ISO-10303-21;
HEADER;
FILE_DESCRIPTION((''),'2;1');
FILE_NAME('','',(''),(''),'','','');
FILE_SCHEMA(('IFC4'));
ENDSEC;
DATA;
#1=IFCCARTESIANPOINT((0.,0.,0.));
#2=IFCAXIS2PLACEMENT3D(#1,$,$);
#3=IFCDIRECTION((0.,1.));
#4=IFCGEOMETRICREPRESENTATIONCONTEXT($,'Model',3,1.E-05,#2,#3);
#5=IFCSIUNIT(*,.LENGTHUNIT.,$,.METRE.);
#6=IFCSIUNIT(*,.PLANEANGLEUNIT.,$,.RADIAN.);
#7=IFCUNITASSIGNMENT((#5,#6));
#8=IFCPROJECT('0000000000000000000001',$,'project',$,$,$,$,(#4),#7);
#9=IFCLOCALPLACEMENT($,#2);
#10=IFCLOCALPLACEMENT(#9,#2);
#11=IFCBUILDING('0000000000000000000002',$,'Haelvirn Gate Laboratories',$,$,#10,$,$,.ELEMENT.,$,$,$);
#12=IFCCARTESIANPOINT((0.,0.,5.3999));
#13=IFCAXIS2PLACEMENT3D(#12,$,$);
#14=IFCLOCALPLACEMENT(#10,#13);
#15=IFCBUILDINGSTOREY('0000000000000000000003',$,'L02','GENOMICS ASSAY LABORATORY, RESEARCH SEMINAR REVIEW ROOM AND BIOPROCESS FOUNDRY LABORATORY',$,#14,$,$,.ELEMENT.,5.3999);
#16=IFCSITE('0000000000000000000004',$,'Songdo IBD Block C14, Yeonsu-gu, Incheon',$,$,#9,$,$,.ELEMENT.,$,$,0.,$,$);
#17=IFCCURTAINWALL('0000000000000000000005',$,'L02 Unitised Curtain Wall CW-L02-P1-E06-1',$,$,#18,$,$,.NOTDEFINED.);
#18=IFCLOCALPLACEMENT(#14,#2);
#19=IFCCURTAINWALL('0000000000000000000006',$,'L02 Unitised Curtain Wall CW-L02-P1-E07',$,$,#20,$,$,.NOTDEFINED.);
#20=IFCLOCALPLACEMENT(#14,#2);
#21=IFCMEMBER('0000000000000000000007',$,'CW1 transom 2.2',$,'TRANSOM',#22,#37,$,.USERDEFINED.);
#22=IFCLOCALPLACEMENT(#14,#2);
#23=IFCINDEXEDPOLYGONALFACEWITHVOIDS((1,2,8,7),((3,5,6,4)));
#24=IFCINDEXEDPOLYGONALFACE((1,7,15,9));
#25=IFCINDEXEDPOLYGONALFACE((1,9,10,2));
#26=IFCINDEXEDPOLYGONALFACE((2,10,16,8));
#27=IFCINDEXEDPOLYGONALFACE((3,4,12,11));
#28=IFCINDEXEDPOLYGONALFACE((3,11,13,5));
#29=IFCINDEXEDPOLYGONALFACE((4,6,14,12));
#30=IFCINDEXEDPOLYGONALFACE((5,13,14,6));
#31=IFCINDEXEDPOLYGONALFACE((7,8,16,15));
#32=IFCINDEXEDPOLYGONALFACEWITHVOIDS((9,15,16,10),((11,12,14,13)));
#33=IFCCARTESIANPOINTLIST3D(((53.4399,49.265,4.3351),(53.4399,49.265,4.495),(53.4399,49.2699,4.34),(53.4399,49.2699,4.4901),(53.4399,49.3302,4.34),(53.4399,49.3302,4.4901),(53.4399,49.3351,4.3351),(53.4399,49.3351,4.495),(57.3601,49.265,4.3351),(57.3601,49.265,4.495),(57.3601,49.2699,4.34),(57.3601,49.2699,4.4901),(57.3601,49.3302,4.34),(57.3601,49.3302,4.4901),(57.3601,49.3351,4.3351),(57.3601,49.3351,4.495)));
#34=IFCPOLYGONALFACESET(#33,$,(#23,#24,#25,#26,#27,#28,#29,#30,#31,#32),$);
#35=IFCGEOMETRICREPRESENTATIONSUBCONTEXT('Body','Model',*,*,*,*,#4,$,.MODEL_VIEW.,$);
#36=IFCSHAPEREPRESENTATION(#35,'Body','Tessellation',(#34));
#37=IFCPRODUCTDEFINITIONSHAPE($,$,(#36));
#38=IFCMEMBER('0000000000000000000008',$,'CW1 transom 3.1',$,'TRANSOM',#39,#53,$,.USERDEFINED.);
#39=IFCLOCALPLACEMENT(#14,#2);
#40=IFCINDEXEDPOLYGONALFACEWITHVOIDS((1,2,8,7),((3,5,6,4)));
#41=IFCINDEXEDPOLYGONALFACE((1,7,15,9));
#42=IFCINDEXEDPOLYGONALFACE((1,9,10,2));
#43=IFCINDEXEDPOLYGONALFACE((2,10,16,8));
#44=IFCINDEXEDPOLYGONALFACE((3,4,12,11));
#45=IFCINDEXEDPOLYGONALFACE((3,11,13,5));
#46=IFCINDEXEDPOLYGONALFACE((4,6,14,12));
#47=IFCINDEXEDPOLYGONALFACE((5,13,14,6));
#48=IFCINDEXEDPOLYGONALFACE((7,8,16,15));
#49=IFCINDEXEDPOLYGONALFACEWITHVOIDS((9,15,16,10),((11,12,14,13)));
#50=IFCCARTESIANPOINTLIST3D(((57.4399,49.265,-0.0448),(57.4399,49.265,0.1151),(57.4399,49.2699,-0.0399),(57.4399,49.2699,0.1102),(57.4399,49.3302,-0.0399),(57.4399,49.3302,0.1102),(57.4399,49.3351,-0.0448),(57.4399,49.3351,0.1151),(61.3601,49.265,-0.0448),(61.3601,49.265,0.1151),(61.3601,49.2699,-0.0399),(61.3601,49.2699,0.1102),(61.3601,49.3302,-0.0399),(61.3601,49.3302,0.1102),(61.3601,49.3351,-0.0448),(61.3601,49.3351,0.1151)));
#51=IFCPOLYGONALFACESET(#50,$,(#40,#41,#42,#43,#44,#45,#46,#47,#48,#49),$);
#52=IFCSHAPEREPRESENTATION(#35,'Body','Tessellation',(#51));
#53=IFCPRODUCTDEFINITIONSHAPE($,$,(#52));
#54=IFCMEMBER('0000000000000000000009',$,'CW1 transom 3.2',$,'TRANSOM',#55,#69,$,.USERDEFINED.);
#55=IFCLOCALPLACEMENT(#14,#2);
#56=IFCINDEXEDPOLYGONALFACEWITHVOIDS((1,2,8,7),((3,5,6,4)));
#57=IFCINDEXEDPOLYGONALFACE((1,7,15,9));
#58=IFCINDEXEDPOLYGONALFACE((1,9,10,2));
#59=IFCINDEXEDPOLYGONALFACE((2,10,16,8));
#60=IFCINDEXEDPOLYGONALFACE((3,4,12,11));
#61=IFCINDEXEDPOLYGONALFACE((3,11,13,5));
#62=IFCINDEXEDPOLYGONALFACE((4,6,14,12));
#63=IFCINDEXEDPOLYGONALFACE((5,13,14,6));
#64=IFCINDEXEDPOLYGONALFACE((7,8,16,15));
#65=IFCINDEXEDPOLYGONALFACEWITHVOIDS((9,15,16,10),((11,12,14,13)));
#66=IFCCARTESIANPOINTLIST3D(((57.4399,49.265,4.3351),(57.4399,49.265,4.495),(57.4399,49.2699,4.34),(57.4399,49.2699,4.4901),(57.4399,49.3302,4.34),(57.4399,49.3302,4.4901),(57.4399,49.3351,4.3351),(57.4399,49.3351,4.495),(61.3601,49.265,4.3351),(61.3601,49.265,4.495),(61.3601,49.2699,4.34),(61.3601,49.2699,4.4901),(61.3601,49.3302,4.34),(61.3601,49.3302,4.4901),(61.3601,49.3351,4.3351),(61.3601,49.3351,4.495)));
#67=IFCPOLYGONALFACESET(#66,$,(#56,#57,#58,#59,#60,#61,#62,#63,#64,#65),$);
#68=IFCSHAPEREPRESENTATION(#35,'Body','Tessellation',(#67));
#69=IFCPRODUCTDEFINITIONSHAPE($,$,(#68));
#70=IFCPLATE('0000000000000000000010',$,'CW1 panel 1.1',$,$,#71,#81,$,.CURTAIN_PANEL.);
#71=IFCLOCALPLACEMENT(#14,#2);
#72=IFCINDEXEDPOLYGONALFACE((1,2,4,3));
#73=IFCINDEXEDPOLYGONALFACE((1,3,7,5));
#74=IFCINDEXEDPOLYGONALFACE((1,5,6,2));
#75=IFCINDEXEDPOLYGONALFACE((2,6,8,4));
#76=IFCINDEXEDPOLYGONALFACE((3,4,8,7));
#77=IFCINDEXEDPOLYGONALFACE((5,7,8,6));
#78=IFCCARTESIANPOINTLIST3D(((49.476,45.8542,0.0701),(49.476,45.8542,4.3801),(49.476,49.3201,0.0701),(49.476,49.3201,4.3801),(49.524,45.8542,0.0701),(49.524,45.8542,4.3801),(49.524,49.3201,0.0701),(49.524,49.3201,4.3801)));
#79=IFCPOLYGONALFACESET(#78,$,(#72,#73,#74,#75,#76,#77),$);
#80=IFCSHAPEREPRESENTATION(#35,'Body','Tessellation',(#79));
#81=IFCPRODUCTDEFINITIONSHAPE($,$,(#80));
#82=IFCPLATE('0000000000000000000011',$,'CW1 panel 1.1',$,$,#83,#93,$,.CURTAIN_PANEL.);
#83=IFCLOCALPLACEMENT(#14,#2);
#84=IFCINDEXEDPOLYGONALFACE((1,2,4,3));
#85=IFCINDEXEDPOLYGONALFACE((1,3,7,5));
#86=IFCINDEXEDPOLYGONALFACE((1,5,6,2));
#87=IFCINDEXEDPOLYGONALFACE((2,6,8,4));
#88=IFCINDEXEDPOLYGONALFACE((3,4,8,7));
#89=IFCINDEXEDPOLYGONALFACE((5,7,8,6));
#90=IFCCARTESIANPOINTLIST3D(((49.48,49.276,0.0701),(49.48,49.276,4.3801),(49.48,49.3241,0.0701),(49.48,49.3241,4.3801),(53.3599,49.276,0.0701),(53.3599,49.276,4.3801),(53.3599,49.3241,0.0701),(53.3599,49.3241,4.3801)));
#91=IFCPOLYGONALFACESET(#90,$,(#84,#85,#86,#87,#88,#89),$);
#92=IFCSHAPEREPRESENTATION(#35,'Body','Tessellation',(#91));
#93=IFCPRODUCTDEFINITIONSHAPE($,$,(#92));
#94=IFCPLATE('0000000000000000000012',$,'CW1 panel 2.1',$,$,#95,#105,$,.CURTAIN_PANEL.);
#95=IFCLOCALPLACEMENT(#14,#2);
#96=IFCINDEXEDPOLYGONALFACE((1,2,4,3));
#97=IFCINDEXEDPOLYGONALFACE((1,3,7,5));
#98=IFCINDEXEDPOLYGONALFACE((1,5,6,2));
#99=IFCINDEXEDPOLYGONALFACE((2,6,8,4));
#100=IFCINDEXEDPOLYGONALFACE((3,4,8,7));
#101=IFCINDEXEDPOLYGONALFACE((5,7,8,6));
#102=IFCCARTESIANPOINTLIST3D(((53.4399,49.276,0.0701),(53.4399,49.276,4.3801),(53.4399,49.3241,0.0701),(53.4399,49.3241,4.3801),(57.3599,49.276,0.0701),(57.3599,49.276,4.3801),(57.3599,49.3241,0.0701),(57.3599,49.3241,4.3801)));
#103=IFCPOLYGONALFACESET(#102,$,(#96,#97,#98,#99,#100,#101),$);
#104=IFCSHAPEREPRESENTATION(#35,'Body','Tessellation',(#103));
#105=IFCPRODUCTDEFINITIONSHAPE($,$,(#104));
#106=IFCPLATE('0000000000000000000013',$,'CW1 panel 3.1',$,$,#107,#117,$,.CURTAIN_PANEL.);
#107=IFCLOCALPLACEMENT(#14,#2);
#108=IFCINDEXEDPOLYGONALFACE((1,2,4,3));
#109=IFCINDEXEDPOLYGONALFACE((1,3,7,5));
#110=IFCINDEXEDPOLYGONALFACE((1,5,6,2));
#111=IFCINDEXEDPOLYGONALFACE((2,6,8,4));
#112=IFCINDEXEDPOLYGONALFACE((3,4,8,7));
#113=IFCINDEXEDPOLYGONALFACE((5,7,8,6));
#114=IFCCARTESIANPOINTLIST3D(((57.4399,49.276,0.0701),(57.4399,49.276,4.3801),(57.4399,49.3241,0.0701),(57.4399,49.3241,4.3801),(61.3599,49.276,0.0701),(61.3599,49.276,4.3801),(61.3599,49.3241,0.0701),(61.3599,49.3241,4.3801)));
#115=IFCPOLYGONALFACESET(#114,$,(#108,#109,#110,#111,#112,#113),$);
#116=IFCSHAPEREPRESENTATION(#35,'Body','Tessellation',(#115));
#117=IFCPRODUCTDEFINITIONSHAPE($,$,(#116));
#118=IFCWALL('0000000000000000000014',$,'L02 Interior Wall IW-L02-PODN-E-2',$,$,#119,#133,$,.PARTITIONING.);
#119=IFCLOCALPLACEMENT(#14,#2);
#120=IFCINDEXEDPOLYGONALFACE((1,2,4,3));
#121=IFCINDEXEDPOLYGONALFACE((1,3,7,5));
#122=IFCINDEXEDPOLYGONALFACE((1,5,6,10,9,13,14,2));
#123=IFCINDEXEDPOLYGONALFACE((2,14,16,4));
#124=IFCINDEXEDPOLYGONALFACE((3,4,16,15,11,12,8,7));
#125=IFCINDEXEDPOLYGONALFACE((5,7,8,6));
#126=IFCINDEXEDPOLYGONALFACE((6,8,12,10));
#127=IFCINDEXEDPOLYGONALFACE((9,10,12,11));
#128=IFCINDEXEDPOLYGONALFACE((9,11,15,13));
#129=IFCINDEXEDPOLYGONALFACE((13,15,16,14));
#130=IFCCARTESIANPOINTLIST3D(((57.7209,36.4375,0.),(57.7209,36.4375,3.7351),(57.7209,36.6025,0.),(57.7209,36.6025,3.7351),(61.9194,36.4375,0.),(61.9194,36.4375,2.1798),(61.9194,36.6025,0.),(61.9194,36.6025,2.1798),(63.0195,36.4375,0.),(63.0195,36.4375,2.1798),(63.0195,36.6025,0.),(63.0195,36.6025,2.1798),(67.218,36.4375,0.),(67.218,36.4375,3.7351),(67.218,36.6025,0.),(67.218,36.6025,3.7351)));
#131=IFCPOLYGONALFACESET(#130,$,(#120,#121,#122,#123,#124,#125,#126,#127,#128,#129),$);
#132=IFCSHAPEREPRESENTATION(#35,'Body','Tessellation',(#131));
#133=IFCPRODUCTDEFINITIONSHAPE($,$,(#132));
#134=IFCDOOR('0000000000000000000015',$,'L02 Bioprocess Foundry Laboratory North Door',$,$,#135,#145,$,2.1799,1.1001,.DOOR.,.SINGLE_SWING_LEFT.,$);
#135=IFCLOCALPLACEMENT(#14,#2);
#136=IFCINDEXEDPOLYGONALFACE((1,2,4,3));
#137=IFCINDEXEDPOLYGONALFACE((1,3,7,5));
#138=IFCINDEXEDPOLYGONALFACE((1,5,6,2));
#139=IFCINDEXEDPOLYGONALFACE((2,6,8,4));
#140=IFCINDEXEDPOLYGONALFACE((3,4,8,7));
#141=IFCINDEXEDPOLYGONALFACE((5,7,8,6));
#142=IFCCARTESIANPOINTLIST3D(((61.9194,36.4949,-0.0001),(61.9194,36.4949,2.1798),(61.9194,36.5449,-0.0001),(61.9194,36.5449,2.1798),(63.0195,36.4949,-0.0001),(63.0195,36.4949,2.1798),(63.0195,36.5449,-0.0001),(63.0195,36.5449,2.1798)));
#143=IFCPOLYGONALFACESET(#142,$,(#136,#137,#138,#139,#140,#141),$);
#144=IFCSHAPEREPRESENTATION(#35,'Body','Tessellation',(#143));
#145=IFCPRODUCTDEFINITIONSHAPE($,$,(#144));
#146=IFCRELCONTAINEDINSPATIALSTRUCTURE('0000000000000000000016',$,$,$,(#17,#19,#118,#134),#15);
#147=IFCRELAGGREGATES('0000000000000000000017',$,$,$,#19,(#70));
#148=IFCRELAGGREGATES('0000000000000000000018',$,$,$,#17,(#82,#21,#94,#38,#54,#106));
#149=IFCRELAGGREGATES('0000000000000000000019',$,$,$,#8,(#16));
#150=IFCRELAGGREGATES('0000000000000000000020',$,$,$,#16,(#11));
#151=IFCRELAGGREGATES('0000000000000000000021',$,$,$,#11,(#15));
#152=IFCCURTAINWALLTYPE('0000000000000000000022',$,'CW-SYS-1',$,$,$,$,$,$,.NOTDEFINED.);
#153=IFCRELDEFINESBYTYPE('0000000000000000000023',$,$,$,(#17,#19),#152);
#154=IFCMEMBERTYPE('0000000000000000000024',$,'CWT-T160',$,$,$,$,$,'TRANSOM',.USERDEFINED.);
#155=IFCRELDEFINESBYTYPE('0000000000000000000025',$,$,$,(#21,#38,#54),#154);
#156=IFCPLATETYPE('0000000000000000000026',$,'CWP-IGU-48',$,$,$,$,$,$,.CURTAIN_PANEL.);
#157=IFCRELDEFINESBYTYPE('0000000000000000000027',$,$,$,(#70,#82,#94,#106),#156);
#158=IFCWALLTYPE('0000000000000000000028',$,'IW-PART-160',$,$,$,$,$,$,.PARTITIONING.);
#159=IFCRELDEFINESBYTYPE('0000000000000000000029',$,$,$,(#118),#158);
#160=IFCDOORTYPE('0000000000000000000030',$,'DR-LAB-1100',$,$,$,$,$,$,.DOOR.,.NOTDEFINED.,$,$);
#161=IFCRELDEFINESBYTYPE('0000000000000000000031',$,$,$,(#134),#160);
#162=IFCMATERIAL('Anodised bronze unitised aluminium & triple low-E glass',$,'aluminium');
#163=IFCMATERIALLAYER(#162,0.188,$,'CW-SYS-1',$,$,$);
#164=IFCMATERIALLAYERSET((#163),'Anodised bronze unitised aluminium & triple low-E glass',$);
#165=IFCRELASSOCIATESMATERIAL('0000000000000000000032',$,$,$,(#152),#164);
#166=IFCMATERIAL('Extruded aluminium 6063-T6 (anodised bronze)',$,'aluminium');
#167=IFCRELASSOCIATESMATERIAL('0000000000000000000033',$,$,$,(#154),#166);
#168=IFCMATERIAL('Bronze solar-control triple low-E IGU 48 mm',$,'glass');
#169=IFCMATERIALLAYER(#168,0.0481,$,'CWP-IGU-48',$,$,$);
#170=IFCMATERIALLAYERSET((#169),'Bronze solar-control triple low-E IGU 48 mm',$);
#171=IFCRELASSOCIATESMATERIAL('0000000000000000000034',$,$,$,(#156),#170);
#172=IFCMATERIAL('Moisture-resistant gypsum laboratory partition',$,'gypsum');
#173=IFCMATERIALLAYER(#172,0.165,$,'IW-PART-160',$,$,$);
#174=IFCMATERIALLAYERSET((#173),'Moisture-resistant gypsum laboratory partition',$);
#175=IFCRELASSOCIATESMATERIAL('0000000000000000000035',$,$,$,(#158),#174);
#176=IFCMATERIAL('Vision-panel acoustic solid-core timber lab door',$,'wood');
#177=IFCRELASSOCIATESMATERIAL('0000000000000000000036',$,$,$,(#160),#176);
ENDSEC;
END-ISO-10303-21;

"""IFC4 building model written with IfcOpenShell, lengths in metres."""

from ifc_helpers import new_model, si_unit, direction, frame, frame_2d, origin, origin_2d, place, context, subcontext, project, spatial, rectangle, hollow_rectangle, extrude, source, transform, mapped, material, layer, layer_set, material_profile, profile_set, type_object, type_shapes, element, fill, aggregate, save


model = new_model("IFC4")

# Units and contexts
model_context = context("Model", 3, precision=1e-05, world=origin(), true_north=direction((0.0, 1.0)))
body_context = subcontext(model_context, "Body", "Model", "MODEL_VIEW")
ifc_project = project(units=[si_unit("LENGTHUNIT", "METRE"), si_unit("PLANEANGLEUNIT", "RADIAN")], contexts=[model_context])

# Site, building, storey
site_placement = place(None, origin())
site = spatial("IfcSite", under=ifc_project, at=site_placement, Name="Songdo IBD Block C14, Yeonsu-gu, Incheon", CompositionType="ELEMENT", RefElevation=0.0)
building_placement = place(site_placement, origin())
building = spatial("IfcBuilding", under=site, at=building_placement, Name="Haelvirn Gate Laboratories", CompositionType="ELEMENT")
storey_placement = place(building_placement, frame((0.0, 0.0, 5.3999)))
storey = spatial("IfcBuildingStorey", under=building, at=storey_placement, Name="L02", Description="GENOMICS ASSAY LABORATORY, RESEARCH SEMINAR REVIEW ROOM AND BIOPROCESS FOUNDRY LABORATORY", CompositionType="ELEMENT", Elevation=5.3999)

# Curtain walls
ifc_material_1 = material(Name="Anodised bronze unitised aluminium & triple low-E glass", Category="aluminium")
ifc_layer_1 = layer(ifc_material_1, 0.188, Name="CW-SYS-1")
ifc_layer_set_1 = layer_set([ifc_layer_1], Name="Anodised bronze unitised aluminium & triple low-E glass")
curtain_wall_type = type_object("IfcCurtainWallType", Name="CW-SYS-1", PredefinedType="NOTDEFINED", material=ifc_layer_set_1)
curtain_wall_1_placement = place(storey_placement, origin())
curtain_wall_1 = element("IfcCurtainWall", 1, at=curtain_wall_1_placement, inside=storey, type_object=curtain_wall_type, Name="L02 Unitised Curtain Wall CW-L02-P1-E06-1", PredefinedType="NOTDEFINED")
ifc_material_2 = material(Name="Extruded aluminium 6063-T6 (anodised bronze)", Category="aluminium")
curtain_wall_2_placement = place(storey_placement, origin())
curtain_wall_2 = element("IfcCurtainWall", 2, at=curtain_wall_2_placement, inside=storey, type_object=curtain_wall_type, Name="L02 Unitised Curtain Wall CW-L02-P1-E07", PredefinedType="NOTDEFINED")
ifc_material_profile_1 = material_profile(ifc_material_2, hollow_rectangle(XDim=0.0701, YDim=0.1599, WallThickness=0.0049, at=origin_2d()), Name="CWT-160x70x5")
ifc_profile_set_1 = profile_set([ifc_material_profile_1], Name="Extruded aluminium 6063-T6 (anodised bronze)")
member_type_1 = type_object("IfcMemberType", Name="CWT-T160", ElementType="TRANSOM", PredefinedType="USERDEFINED", material=ifc_profile_set_1)

# Members
shared_shape_1 = source(origin(), body_context, "Body", "SweptSolid", [
    extrude(hollow_rectangle(XDim=0.0701, YDim=0.1599, WallThickness=0.0049, at=origin_2d()), origin(), (0.0, 0.0, 1.0), 3.9202),
])
member_1_placement = place(storey_placement, frame((53.4399, 49.3, 4.415), z_axis=(1.0, 0.0, 0.0), x_axis=(0.0, 1.0, 0.0)))
member_1 = element("IfcMember", 3, at=member_1_placement, type_object=member_type_1, Name="CW1 transom 2.2", ObjectType="TRANSOM", PredefinedType="USERDEFINED", context=body_context, shape_type="MappedRepresentation", body=[
    mapped(shared_shape_1, transform((0.0, 0.0, 0.0), scale=1.0)),
])
member_2_placement = place(storey_placement, frame((57.4399, 49.3, 0.0352), z_axis=(1.0, 0.0, 0.0), x_axis=(0.0, 1.0, 0.0)))
member_2 = element("IfcMember", 4, at=member_2_placement, type_object=member_type_1, Name="CW1 transom 3.1", ObjectType="TRANSOM", PredefinedType="USERDEFINED", context=body_context, shape_type="MappedRepresentation", body=[
    mapped(shared_shape_1, transform((0.0, 0.0, 0.0), scale=1.0)),
])
member_3_placement = place(storey_placement, frame((57.4399, 49.3, 4.415), z_axis=(1.0, 0.0, 0.0), x_axis=(0.0, 1.0, 0.0)))
member_3 = element("IfcMember", 5, at=member_3_placement, type_object=member_type_1, Name="CW1 transom 3.2", ObjectType="TRANSOM", PredefinedType="USERDEFINED", context=body_context, shape_type="MappedRepresentation", body=[
    mapped(shared_shape_1, transform((0.0, 0.0, 0.0), scale=1.0)),
])

# Plates
ifc_material_3 = material(Name="Bronze solar-control triple low-E IGU 48 mm", Category="glass")
ifc_layer_2 = layer(ifc_material_3, 0.0481, Name="CWP-IGU-48")
ifc_layer_set_2 = layer_set([ifc_layer_2], Name="Bronze solar-control triple low-E IGU 48 mm")
plate_type = type_object("IfcPlateType", Name="CWP-IGU-48", PredefinedType="CURTAIN_PANEL", material=ifc_layer_set_2)
shared_shape_2 = source(origin(), body_context, "Body", "SweptSolid", [
    extrude(rectangle(XDim=3.4658, YDim=0.0481, at=origin_2d()), origin(), (0.0, 0.0, 1.0), 4.3101),
])
plate_1_placement = place(storey_placement, frame((49.5, 47.5872, 0.0701), z_axis=(0.0, 0.0, 1.0), x_axis=(0.0, -1.0, 0.0)))
plate_1 = element("IfcPlate", 6, at=plate_1_placement, type_object=plate_type, Name="CW1 panel 1.1", PredefinedType="CURTAIN_PANEL", context=body_context, shape_type="MappedRepresentation", body=[
    mapped(shared_shape_2, transform((0.0, 0.0, 0.0), scale=1.0)),
])
aggregate(curtain_wall_2, [plate_1])
shared_shape_3 = source(origin(), body_context, "Body", "SweptSolid", [
    extrude(rectangle(XDim=3.8799, YDim=0.0481, at=origin_2d()), origin(), (0.0, 0.0, 1.0), 4.3101),
])
plate_2_placement = place(storey_placement, frame((51.4199, 49.3, 0.0701), z_axis=(0.0, 0.0, 1.0), x_axis=(1.0, 0.0, 0.0)))
plate_2 = element("IfcPlate", 7, at=plate_2_placement, type_object=plate_type, Name="CW1 panel 1.1", PredefinedType="CURTAIN_PANEL", context=body_context, shape_type="MappedRepresentation", body=[
    mapped(shared_shape_3, transform((0.0, 0.0, 0.0), scale=1.0)),
])
shared_shape_4 = source(origin(), body_context, "Body", "SweptSolid", [
    extrude(rectangle(XDim=3.9199, YDim=0.0481, at=origin_2d()), origin(), (0.0, 0.0, 1.0), 4.3101),
])
type_shapes(plate_type, [shared_shape_2, shared_shape_3, shared_shape_4])
plate_3_placement = place(storey_placement, frame((55.3999, 49.3, 0.0701), z_axis=(0.0, 0.0, 1.0), x_axis=(1.0, 0.0, 0.0)))
plate_3 = element("IfcPlate", 8, at=plate_3_placement, type_object=plate_type, Name="CW1 panel 2.1", PredefinedType="CURTAIN_PANEL", context=body_context, shape_type="MappedRepresentation", body=[
    mapped(shared_shape_4, transform((0.0, 0.0, 0.0), scale=1.0)),
])
plate_4_placement = place(storey_placement, frame((59.3999, 49.3, 0.0701), z_axis=(0.0, 0.0, 1.0), x_axis=(1.0, 0.0, 0.0)))
plate_4 = element("IfcPlate", 9, at=plate_4_placement, type_object=plate_type, Name="CW1 panel 3.1", PredefinedType="CURTAIN_PANEL", context=body_context, shape_type="MappedRepresentation", body=[
    mapped(shared_shape_4, transform((0.0, 0.0, 0.0), scale=1.0)),
])
aggregate(curtain_wall_1, [plate_2, member_1, plate_3, member_2, member_3, plate_4])

# Wall, opening, door
ifc_material_4 = material(Name="Moisture-resistant gypsum laboratory partition", Category="gypsum")
ifc_layer_3 = layer(ifc_material_4, 0.165, Name="IW-PART-160")
ifc_layer_set_3 = layer_set([ifc_layer_3], Name="Moisture-resistant gypsum laboratory partition")
wall_type = type_object("IfcWallType", Name="IW-PART-160", PredefinedType="PARTITIONING", material=ifc_layer_set_3)
wall_placement = place(storey_placement, frame((57.7209, 36.52, 0.0), z_axis=(0.0, 0.0, 1.0), x_axis=(1.0, 0.0, 0.0)))
wall = element("IfcWall", 10, at=wall_placement, inside=storey, type_object=wall_type, Name="L02 Interior Wall IW-L02-PODN-E-2", PredefinedType="PARTITIONING", context=body_context, shape_type="SweptSolid", body=[
    extrude(rectangle(XDim=9.4971, YDim=0.165, at=frame_2d((4.7485, 0.0))), origin(), (0.0, 0.0, 1.0), 3.7351),
])
opening_placement = place(wall_placement, frame((4.1985, 0.0, 0.0)))
opening = element("IfcOpeningElement", 11, at=opening_placement, cuts=wall, PredefinedType="OPENING", context=body_context, shape_type="SweptSolid", body=[
    extrude(rectangle(XDim=1.1001, YDim=2.1799, at=frame_2d((0.55, 1.0898))), frame((0.0, 0.0925, 0.0), z_axis=(0.0, -1.0, 0.0), x_axis=(1.0, 0.0, 0.0)), (0.0, 0.0, 1.0), 0.1851),
])
ifc_material_5 = material(Name="Vision-panel acoustic solid-core timber lab door", Category="wood")
door_type = type_object("IfcDoorType", Name="DR-LAB-1100", OperationType="NOTDEFINED", PredefinedType="DOOR", material=ifc_material_5)
shared_shape_5 = source(origin(), body_context, "Body", "SweptSolid", [
    extrude(rectangle(XDim=1.1001, YDim=2.1799, at=frame_2d((0.55, 1.0898))), frame((0.0, 0.0249, 0.0), z_axis=(0.0, -1.0, 0.0), x_axis=(1.0, 0.0, 0.0)), (0.0, 0.0, 1.0), 0.05),
])
type_shapes(door_type, [shared_shape_5])
door_placement = place(opening_placement, origin())
door = element("IfcDoor", 12, at=door_placement, inside=storey, type_object=door_type, Name="L02 Bioprocess Foundry Laboratory North Door", OperationType="SINGLE_SWING_LEFT", OverallHeight=2.1799, OverallWidth=1.1001, PredefinedType="DOOR", context=body_context, shape_type="MappedRepresentation", body=[
    mapped(shared_shape_5, transform((0.0, 0.0, 0.0), scale=1.0)),
])
fill(opening, door)

save(model, "model.ifc")
